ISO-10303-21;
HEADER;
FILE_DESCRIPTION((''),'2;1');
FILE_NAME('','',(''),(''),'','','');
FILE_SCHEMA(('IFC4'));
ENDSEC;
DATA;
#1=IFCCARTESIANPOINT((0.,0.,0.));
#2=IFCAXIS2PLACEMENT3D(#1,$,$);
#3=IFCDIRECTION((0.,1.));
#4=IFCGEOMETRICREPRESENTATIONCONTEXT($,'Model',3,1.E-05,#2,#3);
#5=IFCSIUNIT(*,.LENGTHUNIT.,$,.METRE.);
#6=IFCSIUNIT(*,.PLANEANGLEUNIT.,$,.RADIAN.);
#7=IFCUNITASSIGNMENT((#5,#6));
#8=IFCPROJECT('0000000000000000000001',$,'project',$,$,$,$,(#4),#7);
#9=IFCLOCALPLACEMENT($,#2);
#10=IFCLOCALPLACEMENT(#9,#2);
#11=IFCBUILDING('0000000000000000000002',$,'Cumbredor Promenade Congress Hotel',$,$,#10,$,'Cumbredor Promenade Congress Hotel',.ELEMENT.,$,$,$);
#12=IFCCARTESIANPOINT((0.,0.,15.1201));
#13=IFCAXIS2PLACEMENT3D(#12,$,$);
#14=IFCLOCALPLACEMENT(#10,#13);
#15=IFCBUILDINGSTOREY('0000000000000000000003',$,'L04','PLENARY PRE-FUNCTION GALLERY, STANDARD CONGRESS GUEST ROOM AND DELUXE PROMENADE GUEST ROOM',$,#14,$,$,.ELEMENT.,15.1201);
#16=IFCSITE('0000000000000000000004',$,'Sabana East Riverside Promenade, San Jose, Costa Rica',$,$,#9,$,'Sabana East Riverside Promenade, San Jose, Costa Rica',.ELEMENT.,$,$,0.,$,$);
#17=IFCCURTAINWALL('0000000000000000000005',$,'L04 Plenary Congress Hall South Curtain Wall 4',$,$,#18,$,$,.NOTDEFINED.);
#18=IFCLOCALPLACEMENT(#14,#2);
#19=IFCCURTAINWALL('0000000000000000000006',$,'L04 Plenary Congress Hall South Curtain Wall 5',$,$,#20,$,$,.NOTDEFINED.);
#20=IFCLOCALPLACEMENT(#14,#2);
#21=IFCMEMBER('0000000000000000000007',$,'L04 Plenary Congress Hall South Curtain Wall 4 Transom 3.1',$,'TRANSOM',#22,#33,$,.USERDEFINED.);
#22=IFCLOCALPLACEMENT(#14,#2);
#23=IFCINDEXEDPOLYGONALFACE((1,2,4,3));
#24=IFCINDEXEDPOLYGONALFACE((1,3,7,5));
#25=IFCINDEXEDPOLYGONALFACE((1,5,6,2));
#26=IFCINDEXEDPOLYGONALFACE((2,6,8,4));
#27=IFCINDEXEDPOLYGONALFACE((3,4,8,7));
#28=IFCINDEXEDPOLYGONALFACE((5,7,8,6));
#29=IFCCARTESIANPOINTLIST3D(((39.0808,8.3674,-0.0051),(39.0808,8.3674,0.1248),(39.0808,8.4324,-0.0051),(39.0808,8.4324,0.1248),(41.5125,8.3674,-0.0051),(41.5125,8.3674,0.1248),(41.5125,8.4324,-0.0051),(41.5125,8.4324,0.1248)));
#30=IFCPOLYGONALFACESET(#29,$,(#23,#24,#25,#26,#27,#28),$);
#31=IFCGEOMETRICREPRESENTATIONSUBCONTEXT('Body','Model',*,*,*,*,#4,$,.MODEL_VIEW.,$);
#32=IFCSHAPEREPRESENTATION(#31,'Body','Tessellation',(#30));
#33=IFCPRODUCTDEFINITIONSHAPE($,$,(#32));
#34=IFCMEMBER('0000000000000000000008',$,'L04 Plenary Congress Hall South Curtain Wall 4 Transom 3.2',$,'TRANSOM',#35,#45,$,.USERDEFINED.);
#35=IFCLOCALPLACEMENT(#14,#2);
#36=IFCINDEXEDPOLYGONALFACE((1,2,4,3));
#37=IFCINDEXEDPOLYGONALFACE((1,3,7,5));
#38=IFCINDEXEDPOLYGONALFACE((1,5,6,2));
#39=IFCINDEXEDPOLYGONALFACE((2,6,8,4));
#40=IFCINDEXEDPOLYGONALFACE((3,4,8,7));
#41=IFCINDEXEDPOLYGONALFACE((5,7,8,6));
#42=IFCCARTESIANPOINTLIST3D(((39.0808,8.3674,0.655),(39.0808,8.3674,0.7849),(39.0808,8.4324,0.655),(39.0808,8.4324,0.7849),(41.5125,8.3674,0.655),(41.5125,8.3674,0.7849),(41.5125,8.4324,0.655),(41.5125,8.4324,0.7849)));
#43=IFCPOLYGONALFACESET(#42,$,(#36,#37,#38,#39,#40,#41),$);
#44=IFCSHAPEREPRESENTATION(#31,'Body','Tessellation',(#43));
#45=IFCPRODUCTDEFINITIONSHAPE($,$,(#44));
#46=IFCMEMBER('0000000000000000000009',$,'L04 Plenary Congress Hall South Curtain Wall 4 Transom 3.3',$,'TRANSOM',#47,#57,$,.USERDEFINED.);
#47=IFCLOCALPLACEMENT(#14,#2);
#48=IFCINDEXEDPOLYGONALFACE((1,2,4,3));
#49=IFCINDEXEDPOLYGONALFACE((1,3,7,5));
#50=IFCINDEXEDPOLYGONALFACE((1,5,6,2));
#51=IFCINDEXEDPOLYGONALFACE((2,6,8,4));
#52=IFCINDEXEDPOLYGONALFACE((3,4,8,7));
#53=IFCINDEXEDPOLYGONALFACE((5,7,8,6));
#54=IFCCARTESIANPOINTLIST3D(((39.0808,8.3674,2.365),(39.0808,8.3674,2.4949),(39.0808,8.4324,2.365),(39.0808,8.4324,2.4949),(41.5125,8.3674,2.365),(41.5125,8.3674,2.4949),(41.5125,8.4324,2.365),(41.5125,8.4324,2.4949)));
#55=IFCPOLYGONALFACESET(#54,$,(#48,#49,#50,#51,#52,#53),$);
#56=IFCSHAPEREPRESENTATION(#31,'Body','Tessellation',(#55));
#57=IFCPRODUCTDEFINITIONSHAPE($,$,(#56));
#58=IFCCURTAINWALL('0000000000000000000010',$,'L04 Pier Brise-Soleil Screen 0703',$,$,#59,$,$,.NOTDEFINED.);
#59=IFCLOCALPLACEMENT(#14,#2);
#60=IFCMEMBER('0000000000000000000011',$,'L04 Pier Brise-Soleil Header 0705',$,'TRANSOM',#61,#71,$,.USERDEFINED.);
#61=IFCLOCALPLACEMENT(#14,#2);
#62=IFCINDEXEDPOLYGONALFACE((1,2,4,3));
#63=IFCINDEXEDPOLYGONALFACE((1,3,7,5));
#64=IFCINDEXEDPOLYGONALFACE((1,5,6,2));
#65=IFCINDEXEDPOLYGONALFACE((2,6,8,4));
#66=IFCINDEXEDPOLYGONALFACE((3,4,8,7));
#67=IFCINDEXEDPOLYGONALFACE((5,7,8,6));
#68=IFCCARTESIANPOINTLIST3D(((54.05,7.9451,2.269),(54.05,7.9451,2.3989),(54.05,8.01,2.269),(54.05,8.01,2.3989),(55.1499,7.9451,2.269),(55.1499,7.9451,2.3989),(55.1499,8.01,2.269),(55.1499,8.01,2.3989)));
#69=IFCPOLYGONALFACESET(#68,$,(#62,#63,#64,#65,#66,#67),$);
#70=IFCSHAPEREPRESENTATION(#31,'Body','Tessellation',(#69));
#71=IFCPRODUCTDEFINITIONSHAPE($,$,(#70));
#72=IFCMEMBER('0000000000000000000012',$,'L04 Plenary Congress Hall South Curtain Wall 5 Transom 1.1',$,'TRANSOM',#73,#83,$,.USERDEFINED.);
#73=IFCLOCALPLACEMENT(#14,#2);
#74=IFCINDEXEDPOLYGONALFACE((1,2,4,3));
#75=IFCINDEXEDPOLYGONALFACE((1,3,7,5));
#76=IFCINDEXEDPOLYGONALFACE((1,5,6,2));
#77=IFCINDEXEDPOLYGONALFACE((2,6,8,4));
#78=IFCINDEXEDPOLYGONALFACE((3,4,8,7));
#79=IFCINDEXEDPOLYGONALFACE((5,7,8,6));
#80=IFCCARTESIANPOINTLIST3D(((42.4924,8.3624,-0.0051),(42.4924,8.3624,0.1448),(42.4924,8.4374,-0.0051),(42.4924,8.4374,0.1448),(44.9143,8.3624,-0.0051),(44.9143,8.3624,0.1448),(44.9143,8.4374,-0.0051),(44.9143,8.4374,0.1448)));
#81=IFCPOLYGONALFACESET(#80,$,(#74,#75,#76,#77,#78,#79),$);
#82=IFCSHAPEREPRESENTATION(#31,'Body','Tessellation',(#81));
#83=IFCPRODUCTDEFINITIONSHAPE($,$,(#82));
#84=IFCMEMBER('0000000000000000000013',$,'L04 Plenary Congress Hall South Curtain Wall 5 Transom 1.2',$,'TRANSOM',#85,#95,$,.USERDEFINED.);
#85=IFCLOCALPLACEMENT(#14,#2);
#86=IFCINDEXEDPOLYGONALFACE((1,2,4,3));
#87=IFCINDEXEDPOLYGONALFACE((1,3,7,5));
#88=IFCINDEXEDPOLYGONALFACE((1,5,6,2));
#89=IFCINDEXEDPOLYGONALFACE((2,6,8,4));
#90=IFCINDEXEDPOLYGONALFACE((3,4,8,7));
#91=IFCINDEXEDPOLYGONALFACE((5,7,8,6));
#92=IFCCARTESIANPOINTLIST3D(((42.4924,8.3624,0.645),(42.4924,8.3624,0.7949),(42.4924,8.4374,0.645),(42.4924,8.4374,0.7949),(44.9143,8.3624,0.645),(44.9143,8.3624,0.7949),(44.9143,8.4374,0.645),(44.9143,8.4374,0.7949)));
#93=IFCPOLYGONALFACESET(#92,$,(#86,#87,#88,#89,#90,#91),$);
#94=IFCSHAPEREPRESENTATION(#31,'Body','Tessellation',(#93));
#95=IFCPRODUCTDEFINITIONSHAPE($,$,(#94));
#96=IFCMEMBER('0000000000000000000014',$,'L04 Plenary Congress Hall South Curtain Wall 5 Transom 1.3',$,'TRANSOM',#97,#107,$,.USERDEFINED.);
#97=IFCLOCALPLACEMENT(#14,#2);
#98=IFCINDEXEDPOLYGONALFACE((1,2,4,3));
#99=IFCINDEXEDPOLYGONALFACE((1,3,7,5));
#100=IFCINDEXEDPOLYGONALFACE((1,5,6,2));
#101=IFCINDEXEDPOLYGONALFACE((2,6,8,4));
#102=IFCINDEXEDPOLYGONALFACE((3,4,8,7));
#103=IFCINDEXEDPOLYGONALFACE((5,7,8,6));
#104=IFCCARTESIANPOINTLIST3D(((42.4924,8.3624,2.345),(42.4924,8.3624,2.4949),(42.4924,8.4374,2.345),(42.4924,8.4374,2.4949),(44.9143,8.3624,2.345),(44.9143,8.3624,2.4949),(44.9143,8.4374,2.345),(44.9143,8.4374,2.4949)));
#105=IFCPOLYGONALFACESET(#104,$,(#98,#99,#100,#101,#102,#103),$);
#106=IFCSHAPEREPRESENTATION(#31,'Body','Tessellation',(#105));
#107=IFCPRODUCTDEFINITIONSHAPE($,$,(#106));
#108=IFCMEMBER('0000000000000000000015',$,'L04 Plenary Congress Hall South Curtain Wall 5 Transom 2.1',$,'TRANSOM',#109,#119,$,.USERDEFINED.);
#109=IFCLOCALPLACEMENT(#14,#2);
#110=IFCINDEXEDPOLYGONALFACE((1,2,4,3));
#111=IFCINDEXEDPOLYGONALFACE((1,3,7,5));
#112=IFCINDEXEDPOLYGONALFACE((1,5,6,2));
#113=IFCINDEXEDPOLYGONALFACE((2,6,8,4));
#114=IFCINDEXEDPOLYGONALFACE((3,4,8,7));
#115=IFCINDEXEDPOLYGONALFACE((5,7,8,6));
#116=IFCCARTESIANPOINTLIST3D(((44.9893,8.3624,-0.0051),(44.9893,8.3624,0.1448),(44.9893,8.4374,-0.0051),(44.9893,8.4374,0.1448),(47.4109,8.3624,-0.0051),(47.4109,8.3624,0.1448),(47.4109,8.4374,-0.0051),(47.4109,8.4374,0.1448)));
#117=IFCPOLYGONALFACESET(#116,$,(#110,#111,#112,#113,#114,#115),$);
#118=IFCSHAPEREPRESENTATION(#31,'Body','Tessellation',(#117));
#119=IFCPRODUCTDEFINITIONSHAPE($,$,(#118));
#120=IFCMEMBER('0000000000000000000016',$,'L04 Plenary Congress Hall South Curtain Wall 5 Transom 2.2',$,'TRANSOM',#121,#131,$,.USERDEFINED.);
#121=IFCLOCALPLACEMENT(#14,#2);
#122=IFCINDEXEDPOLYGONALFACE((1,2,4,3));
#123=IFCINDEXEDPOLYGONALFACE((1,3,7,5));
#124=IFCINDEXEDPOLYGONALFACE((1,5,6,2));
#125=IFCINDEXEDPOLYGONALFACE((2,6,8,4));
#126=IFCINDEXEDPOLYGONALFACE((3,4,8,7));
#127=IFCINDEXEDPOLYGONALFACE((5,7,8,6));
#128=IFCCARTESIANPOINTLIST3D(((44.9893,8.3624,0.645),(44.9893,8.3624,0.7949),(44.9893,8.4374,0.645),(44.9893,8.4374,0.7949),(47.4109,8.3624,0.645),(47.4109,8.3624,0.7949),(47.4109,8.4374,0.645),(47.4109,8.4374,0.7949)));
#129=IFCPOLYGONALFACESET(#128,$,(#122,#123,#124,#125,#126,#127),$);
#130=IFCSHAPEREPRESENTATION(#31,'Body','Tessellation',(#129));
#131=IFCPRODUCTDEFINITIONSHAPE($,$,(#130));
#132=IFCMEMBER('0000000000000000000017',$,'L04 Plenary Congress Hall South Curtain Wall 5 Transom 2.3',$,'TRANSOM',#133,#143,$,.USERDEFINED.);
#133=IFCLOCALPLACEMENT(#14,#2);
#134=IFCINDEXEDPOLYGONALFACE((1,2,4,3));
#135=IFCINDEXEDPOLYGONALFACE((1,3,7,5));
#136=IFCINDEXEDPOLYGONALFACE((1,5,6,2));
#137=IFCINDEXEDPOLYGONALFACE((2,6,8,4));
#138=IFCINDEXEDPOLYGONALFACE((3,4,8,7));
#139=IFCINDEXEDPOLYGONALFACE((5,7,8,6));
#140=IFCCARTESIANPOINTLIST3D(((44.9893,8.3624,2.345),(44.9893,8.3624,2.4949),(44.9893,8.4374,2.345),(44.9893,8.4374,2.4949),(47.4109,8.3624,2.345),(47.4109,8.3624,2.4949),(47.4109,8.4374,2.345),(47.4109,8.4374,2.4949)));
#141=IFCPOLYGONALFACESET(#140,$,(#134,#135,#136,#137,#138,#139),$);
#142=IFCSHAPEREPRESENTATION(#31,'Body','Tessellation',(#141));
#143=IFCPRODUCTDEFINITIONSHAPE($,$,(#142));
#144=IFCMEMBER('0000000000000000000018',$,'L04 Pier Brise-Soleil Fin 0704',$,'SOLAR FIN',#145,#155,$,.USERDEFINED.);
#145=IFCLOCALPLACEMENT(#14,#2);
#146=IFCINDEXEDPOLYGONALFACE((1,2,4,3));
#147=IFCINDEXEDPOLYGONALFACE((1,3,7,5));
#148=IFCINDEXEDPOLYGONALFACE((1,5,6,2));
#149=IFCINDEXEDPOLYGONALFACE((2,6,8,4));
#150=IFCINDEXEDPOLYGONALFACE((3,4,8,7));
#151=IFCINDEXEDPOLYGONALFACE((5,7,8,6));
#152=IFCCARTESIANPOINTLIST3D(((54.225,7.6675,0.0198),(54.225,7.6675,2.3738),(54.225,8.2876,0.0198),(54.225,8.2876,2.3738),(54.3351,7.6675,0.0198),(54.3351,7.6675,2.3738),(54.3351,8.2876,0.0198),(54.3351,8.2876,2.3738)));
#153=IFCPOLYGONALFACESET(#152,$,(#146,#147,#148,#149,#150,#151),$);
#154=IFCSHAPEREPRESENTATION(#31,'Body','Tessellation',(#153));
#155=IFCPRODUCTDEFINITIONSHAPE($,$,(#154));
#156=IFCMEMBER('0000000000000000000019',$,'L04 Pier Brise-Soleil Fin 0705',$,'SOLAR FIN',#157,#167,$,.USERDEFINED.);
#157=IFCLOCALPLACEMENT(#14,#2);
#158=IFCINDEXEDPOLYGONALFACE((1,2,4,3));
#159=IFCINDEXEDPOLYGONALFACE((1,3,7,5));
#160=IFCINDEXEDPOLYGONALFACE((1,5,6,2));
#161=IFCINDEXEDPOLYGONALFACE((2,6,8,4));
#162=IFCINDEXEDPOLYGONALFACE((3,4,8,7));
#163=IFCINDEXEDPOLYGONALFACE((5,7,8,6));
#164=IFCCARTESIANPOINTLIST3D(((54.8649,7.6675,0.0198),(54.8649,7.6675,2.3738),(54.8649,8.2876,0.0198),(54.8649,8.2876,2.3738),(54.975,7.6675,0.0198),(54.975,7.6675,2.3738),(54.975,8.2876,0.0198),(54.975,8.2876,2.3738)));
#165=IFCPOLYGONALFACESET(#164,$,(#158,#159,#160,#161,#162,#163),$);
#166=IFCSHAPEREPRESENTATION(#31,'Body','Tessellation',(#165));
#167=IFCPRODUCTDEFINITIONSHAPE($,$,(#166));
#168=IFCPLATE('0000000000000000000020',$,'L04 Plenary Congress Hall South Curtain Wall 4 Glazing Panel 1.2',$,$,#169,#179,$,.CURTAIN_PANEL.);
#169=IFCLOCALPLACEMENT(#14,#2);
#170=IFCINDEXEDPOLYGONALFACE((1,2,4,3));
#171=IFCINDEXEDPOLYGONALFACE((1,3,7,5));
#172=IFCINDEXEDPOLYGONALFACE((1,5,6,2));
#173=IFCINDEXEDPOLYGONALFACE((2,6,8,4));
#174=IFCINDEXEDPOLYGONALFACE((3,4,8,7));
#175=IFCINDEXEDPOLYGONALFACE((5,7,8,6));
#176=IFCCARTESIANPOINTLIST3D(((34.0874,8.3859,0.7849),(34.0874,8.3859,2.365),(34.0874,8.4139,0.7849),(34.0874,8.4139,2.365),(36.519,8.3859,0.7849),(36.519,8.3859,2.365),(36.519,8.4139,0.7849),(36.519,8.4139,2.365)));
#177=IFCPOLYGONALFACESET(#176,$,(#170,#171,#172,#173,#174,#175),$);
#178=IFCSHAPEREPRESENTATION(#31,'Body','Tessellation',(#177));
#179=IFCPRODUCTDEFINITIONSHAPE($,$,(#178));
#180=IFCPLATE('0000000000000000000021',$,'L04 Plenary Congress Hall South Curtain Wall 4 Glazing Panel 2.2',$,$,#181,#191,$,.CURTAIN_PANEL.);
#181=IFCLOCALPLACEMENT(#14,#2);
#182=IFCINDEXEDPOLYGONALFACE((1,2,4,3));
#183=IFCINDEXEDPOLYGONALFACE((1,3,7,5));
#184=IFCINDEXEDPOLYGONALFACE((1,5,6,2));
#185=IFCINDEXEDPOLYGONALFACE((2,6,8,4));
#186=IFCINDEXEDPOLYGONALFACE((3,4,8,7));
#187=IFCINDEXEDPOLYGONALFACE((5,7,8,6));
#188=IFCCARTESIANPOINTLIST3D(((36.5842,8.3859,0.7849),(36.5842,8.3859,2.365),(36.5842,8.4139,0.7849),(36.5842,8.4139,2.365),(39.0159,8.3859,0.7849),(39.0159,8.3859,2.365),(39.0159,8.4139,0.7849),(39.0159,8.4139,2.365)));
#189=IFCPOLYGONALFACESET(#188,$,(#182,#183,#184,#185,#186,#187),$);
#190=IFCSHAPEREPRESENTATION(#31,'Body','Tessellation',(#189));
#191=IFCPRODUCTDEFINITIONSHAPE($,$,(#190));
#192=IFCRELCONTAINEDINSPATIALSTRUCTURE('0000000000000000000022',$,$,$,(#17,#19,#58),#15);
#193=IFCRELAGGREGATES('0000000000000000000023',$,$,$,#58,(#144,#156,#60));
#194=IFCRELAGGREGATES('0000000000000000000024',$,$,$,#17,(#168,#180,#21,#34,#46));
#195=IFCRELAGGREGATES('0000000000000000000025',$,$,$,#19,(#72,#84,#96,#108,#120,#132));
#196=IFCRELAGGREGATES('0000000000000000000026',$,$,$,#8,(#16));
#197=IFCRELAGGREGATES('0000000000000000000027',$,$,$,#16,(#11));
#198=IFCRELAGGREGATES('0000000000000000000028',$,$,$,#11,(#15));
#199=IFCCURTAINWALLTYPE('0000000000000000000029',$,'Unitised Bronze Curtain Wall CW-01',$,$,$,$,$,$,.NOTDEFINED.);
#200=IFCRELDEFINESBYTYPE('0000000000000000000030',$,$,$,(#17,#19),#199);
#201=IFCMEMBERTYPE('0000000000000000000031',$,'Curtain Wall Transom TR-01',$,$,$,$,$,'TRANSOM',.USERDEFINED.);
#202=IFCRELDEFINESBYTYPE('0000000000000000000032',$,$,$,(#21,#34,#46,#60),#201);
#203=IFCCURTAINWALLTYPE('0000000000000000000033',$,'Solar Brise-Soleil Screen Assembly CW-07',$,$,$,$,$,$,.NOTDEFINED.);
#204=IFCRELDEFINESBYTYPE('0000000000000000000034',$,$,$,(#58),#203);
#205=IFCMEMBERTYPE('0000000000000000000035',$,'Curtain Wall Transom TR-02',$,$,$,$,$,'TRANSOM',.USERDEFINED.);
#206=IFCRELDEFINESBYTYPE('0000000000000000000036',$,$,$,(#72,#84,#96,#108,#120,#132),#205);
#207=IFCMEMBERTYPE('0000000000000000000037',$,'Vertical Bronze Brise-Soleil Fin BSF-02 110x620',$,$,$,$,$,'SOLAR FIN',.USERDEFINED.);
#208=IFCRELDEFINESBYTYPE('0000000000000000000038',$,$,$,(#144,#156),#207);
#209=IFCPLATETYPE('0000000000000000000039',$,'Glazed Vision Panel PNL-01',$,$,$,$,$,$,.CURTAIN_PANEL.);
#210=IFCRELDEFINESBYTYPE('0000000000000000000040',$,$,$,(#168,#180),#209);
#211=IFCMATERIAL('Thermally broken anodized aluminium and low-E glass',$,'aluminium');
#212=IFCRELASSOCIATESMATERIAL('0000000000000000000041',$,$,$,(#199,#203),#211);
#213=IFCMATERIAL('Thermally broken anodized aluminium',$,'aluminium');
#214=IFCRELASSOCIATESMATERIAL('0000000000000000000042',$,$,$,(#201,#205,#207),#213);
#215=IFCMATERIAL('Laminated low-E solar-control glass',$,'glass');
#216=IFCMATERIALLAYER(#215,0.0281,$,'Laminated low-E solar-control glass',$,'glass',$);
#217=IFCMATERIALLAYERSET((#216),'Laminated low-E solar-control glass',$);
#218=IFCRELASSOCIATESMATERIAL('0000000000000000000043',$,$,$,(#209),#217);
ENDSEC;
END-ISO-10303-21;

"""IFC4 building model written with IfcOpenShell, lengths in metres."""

from ifc_helpers import new_model, si_unit, direction, frame, origin, origin_2d, place, context, subcontext, project, spatial, rectangle, extrude, material, layer, layer_set, material_profile, profile_set, type_object, element, aggregate, save


model = new_model("IFC4")

# Units and contexts
model_context = context("Model", 3, precision=1e-05, world=origin(), true_north=direction((0.0, 1.0)))
body_context = subcontext(model_context, "Body", "Model", "MODEL_VIEW")
ifc_project = project(units=[si_unit("LENGTHUNIT", "METRE"), si_unit("PLANEANGLEUNIT", "RADIAN")], contexts=[model_context])

# Site, building, storey
site_placement = place(None, origin())
site = spatial("IfcSite", under=ifc_project, at=site_placement, Name="Sabana East Riverside Promenade, San Jose, Costa Rica", LongName="Sabana East Riverside Promenade, San Jose, Costa Rica", CompositionType="ELEMENT", RefElevation=0.0)
building_placement = place(site_placement, origin())
building = spatial("IfcBuilding", under=site, at=building_placement, Name="Cumbredor Promenade Congress Hotel", LongName="Cumbredor Promenade Congress Hotel", CompositionType="ELEMENT")
storey_placement = place(building_placement, frame((0.0, 0.0, 15.1201)))
storey = spatial("IfcBuildingStorey", under=building, at=storey_placement, Name="L04", Description="PLENARY PRE-FUNCTION GALLERY, STANDARD CONGRESS GUEST ROOM AND DELUXE PROMENADE GUEST ROOM", CompositionType="ELEMENT", Elevation=15.1201)

# Curtain walls
ifc_material_1 = material(Name="Thermally broken anodized aluminium and low-E glass", Category="aluminium")
curtain_wall_type_1 = type_object("IfcCurtainWallType", Name="Unitised Bronze Curtain Wall CW-01", PredefinedType="NOTDEFINED", material=ifc_material_1)
curtain_wall_1_placement = place(storey_placement, origin())
curtain_wall_1 = element("IfcCurtainWall", 1, at=curtain_wall_1_placement, inside=storey, type_object=curtain_wall_type_1, Name="L04 Plenary Congress Hall South Curtain Wall 4", PredefinedType="NOTDEFINED")
ifc_material_2 = material(Name="Thermally broken anodized aluminium", Category="aluminium")
curtain_wall_2_placement = place(storey_placement, origin())
curtain_wall_2 = element("IfcCurtainWall", 2, at=curtain_wall_2_placement, inside=storey, type_object=curtain_wall_type_1, Name="L04 Plenary Congress Hall South Curtain Wall 5", PredefinedType="NOTDEFINED")

# Members
ifc_material_profile_1 = material_profile(ifc_material_2, rectangle(XDim=0.0649, YDim=0.1299, at=origin_2d()), Name="ALU TRANSOM 65x130")
ifc_profile_set_1 = profile_set([ifc_material_profile_1], Name="Thermally broken anodized aluminium")
member_type_1 = type_object("IfcMemberType", Name="Curtain Wall Transom TR-01", ElementType="TRANSOM", PredefinedType="USERDEFINED", material=ifc_profile_set_1)
member_1_placement = place(storey_placement, frame((39.0808, 8.3999, 0.0598), z_axis=(1.0, 0.0, 0.0), x_axis=(0.0, 1.0, 0.0)))
member_1 = element("IfcMember", 3, at=member_1_placement, type_object=member_type_1, Name="L04 Plenary Congress Hall South Curtain Wall 4 Transom 3.1", ObjectType="TRANSOM", PredefinedType="USERDEFINED", context=body_context, shape_type="SweptSolid", body=[
    extrude(rectangle(XDim=0.0649, YDim=0.1299, at=origin_2d()), origin(), (0.0, 0.0, 1.0), 2.4316),
])
member_2_placement = place(storey_placement, frame((39.0808, 8.3999, 0.72), z_axis=(1.0, 0.0, 0.0), x_axis=(0.0, 1.0, 0.0)))
member_2 = element("IfcMember", 4, at=member_2_placement, type_object=member_type_1, Name="L04 Plenary Congress Hall South Curtain Wall 4 Transom 3.2", ObjectType="TRANSOM", PredefinedType="USERDEFINED", context=body_context, shape_type="SweptSolid", body=[
    extrude(rectangle(XDim=0.0649, YDim=0.1299, at=origin_2d()), origin(), (0.0, 0.0, 1.0), 2.4316),
])
member_3_placement = place(storey_placement, frame((39.0808, 8.3999, 2.4299), z_axis=(1.0, 0.0, 0.0), x_axis=(0.0, 1.0, 0.0)))
member_3 = element("IfcMember", 5, at=member_3_placement, type_object=member_type_1, Name="L04 Plenary Congress Hall South Curtain Wall 4 Transom 3.3", ObjectType="TRANSOM", PredefinedType="USERDEFINED", context=body_context, shape_type="SweptSolid", body=[
    extrude(rectangle(XDim=0.0649, YDim=0.1299, at=origin_2d()), origin(), (0.0, 0.0, 1.0), 2.4316),
])

# Curtain wall, member
curtain_wall_type_2 = type_object("IfcCurtainWallType", Name="Solar Brise-Soleil Screen Assembly CW-07", PredefinedType="NOTDEFINED", material=ifc_material_1)
curtain_wall_3_placement = place(storey_placement, origin())
curtain_wall_3 = element("IfcCurtainWall", 6, at=curtain_wall_3_placement, inside=storey, type_object=curtain_wall_type_2, Name="L04 Pier Brise-Soleil Screen 0703", PredefinedType="NOTDEFINED")
member_4_placement = place(storey_placement, frame((54.05, 7.9775, 2.334), z_axis=(1.0, 0.0, 0.0), x_axis=(0.0, 1.0, 0.0)))
member_4 = element("IfcMember", 7, at=member_4_placement, type_object=member_type_1, Name="L04 Pier Brise-Soleil Header 0705", ObjectType="TRANSOM", PredefinedType="USERDEFINED", context=body_context, shape_type="SweptSolid", body=[
    extrude(rectangle(XDim=0.0649, YDim=0.1299, at=origin_2d()), origin(), (0.0, 0.0, 1.0), 1.0999),
])

# Members
ifc_material_profile_2 = material_profile(ifc_material_2, rectangle(XDim=0.075, YDim=0.1499, at=origin_2d()), Name="ALU TRANSOM 75x150")
ifc_profile_set_2 = profile_set([ifc_material_profile_2], Name="Thermally broken anodized aluminium")
member_type_2 = type_object("IfcMemberType", Name="Curtain Wall Transom TR-02", ElementType="TRANSOM", PredefinedType="USERDEFINED", material=ifc_profile_set_2)
member_5_placement = place(storey_placement, frame((42.4924, 8.3999, 0.0698), z_axis=(1.0, 0.0, 0.0), x_axis=(0.0, 1.0, 0.0)))
member_5 = element("IfcMember", 8, at=member_5_placement, type_object=member_type_2, Name="L04 Plenary Congress Hall South Curtain Wall 5 Transom 1.1", ObjectType="TRANSOM", PredefinedType="USERDEFINED", context=body_context, shape_type="SweptSolid", body=[
    extrude(rectangle(XDim=0.075, YDim=0.1499, at=origin_2d()), origin(), (0.0, 0.0, 1.0), 2.4219),
])
member_6_placement = place(storey_placement, frame((42.4924, 8.3999, 0.72), z_axis=(1.0, 0.0, 0.0), x_axis=(0.0, 1.0, 0.0)))
member_6 = element("IfcMember", 9, at=member_6_placement, type_object=member_type_2, Name="L04 Plenary Congress Hall South Curtain Wall 5 Transom 1.2", ObjectType="TRANSOM", PredefinedType="USERDEFINED", context=body_context, shape_type="SweptSolid", body=[
    extrude(rectangle(XDim=0.075, YDim=0.1499, at=origin_2d()), origin(), (0.0, 0.0, 1.0), 2.4219),
])
member_7_placement = place(storey_placement, frame((42.4924, 8.3999, 2.4199), z_axis=(1.0, 0.0, 0.0), x_axis=(0.0, 1.0, 0.0)))
member_7 = element("IfcMember", 10, at=member_7_placement, type_object=member_type_2, Name="L04 Plenary Congress Hall South Curtain Wall 5 Transom 1.3", ObjectType="TRANSOM", PredefinedType="USERDEFINED", context=body_context, shape_type="SweptSolid", body=[
    extrude(rectangle(XDim=0.075, YDim=0.1499, at=origin_2d()), origin(), (0.0, 0.0, 1.0), 2.4219),
])
member_8_placement = place(storey_placement, frame((44.9893, 8.3999, 0.0698), z_axis=(1.0, 0.0, 0.0), x_axis=(0.0, 1.0, 0.0)))
member_8 = element("IfcMember", 11, at=member_8_placement, type_object=member_type_2, Name="L04 Plenary Congress Hall South Curtain Wall 5 Transom 2.1", ObjectType="TRANSOM", PredefinedType="USERDEFINED", context=body_context, shape_type="SweptSolid", body=[
    extrude(rectangle(XDim=0.075, YDim=0.1499, at=origin_2d()), origin(), (0.0, 0.0, 1.0), 2.4216),
])
member_9_placement = place(storey_placement, frame((44.9893, 8.3999, 0.72), z_axis=(1.0, 0.0, 0.0), x_axis=(0.0, 1.0, 0.0)))
member_9 = element("IfcMember", 12, at=member_9_placement, type_object=member_type_2, Name="L04 Plenary Congress Hall South Curtain Wall 5 Transom 2.2", ObjectType="TRANSOM", PredefinedType="USERDEFINED", context=body_context, shape_type="SweptSolid", body=[
    extrude(rectangle(XDim=0.075, YDim=0.1499, at=origin_2d()), origin(), (0.0, 0.0, 1.0), 2.4216),
])
member_10_placement = place(storey_placement, frame((44.9893, 8.3999, 2.4199), z_axis=(1.0, 0.0, 0.0), x_axis=(0.0, 1.0, 0.0)))
member_10 = element("IfcMember", 13, at=member_10_placement, type_object=member_type_2, Name="L04 Plenary Congress Hall South Curtain Wall 5 Transom 2.3", ObjectType="TRANSOM", PredefinedType="USERDEFINED", context=body_context, shape_type="SweptSolid", body=[
    extrude(rectangle(XDim=0.075, YDim=0.1499, at=origin_2d()), origin(), (0.0, 0.0, 1.0), 2.4216),
])
ifc_material_profile_3 = material_profile(ifc_material_2, rectangle(XDim=0.1101, YDim=0.6201, at=origin_2d()), Name="ARCH FIN 110x620")
ifc_profile_set_3 = profile_set([ifc_material_profile_3], Name="Thermally broken anodized aluminium")
member_type_3 = type_object("IfcMemberType", Name="Vertical Bronze Brise-Soleil Fin BSF-02 110x620", ElementType="SOLAR FIN", PredefinedType="USERDEFINED", material=ifc_profile_set_3)
member_11_placement = place(storey_placement, frame((54.28, 7.9775, 0.0198), z_axis=(0.0, 0.0, 1.0), x_axis=(1.0, 0.0, 0.0)))
member_11 = element("IfcMember", 14, at=member_11_placement, type_object=member_type_3, Name="L04 Pier Brise-Soleil Fin 0704", ObjectType="SOLAR FIN", PredefinedType="USERDEFINED", context=body_context, shape_type="SweptSolid", body=[
    extrude(rectangle(XDim=0.1101, YDim=0.6201, at=origin_2d()), origin(), (0.0, 0.0, 1.0), 2.354),
])
member_12_placement = place(storey_placement, frame((54.9199, 7.9775, 0.0198), z_axis=(0.0, 0.0, 1.0), x_axis=(1.0, 0.0, 0.0)))
member_12 = element("IfcMember", 15, at=member_12_placement, type_object=member_type_3, Name="L04 Pier Brise-Soleil Fin 0705", ObjectType="SOLAR FIN", PredefinedType="USERDEFINED", context=body_context, shape_type="SweptSolid", body=[
    extrude(rectangle(XDim=0.1101, YDim=0.6201, at=origin_2d()), origin(), (0.0, 0.0, 1.0), 2.354),
])
aggregate(curtain_wall_3, [member_11, member_12, member_4])

# Plates
ifc_material_3 = material(Name="Laminated low-E solar-control glass", Category="glass")
ifc_layer_1 = layer(ifc_material_3, 0.0281, Name="Laminated low-E solar-control glass", Category="glass")
ifc_layer_set_1 = layer_set([ifc_layer_1], Name="Laminated low-E solar-control glass")
plate_type_1 = type_object("IfcPlateType", Name="Glazed Vision Panel PNL-01", PredefinedType="CURTAIN_PANEL", material=ifc_layer_set_1)
plate_1_placement = place(storey_placement, frame((35.3032, 8.3999, 0.7849), z_axis=(0.0, 0.0, 1.0), x_axis=(1.0, 0.0, 0.0)))
plate_1 = element("IfcPlate", 16, at=plate_1_placement, type_object=plate_type_1, Name="L04 Plenary Congress Hall South Curtain Wall 4 Glazing Panel 1.2", PredefinedType="CURTAIN_PANEL", context=body_context, shape_type="SweptSolid", body=[
    extrude(rectangle(XDim=2.4316, YDim=0.0281, at=origin_2d()), origin(), (0.0, 0.0, 1.0), 1.5801),
])
plate_2_placement = place(storey_placement, frame((37.8, 8.3999, 0.7849), z_axis=(0.0, 0.0, 1.0), x_axis=(1.0, 0.0, 0.0)))
plate_2 = element("IfcPlate", 17, at=plate_2_placement, type_object=plate_type_1, Name="L04 Plenary Congress Hall South Curtain Wall 4 Glazing Panel 2.2", PredefinedType="CURTAIN_PANEL", context=body_context, shape_type="SweptSolid", body=[
    extrude(rectangle(XDim=2.4316, YDim=0.0281, at=origin_2d()), origin(), (0.0, 0.0, 1.0), 1.5801),
])
aggregate(curtain_wall_1, [plate_1, plate_2, member_1, member_2, member_3])
aggregate(curtain_wall_2, [member_5, member_6, member_7, member_8, member_9, member_10])

save(model, "model.ifc")
